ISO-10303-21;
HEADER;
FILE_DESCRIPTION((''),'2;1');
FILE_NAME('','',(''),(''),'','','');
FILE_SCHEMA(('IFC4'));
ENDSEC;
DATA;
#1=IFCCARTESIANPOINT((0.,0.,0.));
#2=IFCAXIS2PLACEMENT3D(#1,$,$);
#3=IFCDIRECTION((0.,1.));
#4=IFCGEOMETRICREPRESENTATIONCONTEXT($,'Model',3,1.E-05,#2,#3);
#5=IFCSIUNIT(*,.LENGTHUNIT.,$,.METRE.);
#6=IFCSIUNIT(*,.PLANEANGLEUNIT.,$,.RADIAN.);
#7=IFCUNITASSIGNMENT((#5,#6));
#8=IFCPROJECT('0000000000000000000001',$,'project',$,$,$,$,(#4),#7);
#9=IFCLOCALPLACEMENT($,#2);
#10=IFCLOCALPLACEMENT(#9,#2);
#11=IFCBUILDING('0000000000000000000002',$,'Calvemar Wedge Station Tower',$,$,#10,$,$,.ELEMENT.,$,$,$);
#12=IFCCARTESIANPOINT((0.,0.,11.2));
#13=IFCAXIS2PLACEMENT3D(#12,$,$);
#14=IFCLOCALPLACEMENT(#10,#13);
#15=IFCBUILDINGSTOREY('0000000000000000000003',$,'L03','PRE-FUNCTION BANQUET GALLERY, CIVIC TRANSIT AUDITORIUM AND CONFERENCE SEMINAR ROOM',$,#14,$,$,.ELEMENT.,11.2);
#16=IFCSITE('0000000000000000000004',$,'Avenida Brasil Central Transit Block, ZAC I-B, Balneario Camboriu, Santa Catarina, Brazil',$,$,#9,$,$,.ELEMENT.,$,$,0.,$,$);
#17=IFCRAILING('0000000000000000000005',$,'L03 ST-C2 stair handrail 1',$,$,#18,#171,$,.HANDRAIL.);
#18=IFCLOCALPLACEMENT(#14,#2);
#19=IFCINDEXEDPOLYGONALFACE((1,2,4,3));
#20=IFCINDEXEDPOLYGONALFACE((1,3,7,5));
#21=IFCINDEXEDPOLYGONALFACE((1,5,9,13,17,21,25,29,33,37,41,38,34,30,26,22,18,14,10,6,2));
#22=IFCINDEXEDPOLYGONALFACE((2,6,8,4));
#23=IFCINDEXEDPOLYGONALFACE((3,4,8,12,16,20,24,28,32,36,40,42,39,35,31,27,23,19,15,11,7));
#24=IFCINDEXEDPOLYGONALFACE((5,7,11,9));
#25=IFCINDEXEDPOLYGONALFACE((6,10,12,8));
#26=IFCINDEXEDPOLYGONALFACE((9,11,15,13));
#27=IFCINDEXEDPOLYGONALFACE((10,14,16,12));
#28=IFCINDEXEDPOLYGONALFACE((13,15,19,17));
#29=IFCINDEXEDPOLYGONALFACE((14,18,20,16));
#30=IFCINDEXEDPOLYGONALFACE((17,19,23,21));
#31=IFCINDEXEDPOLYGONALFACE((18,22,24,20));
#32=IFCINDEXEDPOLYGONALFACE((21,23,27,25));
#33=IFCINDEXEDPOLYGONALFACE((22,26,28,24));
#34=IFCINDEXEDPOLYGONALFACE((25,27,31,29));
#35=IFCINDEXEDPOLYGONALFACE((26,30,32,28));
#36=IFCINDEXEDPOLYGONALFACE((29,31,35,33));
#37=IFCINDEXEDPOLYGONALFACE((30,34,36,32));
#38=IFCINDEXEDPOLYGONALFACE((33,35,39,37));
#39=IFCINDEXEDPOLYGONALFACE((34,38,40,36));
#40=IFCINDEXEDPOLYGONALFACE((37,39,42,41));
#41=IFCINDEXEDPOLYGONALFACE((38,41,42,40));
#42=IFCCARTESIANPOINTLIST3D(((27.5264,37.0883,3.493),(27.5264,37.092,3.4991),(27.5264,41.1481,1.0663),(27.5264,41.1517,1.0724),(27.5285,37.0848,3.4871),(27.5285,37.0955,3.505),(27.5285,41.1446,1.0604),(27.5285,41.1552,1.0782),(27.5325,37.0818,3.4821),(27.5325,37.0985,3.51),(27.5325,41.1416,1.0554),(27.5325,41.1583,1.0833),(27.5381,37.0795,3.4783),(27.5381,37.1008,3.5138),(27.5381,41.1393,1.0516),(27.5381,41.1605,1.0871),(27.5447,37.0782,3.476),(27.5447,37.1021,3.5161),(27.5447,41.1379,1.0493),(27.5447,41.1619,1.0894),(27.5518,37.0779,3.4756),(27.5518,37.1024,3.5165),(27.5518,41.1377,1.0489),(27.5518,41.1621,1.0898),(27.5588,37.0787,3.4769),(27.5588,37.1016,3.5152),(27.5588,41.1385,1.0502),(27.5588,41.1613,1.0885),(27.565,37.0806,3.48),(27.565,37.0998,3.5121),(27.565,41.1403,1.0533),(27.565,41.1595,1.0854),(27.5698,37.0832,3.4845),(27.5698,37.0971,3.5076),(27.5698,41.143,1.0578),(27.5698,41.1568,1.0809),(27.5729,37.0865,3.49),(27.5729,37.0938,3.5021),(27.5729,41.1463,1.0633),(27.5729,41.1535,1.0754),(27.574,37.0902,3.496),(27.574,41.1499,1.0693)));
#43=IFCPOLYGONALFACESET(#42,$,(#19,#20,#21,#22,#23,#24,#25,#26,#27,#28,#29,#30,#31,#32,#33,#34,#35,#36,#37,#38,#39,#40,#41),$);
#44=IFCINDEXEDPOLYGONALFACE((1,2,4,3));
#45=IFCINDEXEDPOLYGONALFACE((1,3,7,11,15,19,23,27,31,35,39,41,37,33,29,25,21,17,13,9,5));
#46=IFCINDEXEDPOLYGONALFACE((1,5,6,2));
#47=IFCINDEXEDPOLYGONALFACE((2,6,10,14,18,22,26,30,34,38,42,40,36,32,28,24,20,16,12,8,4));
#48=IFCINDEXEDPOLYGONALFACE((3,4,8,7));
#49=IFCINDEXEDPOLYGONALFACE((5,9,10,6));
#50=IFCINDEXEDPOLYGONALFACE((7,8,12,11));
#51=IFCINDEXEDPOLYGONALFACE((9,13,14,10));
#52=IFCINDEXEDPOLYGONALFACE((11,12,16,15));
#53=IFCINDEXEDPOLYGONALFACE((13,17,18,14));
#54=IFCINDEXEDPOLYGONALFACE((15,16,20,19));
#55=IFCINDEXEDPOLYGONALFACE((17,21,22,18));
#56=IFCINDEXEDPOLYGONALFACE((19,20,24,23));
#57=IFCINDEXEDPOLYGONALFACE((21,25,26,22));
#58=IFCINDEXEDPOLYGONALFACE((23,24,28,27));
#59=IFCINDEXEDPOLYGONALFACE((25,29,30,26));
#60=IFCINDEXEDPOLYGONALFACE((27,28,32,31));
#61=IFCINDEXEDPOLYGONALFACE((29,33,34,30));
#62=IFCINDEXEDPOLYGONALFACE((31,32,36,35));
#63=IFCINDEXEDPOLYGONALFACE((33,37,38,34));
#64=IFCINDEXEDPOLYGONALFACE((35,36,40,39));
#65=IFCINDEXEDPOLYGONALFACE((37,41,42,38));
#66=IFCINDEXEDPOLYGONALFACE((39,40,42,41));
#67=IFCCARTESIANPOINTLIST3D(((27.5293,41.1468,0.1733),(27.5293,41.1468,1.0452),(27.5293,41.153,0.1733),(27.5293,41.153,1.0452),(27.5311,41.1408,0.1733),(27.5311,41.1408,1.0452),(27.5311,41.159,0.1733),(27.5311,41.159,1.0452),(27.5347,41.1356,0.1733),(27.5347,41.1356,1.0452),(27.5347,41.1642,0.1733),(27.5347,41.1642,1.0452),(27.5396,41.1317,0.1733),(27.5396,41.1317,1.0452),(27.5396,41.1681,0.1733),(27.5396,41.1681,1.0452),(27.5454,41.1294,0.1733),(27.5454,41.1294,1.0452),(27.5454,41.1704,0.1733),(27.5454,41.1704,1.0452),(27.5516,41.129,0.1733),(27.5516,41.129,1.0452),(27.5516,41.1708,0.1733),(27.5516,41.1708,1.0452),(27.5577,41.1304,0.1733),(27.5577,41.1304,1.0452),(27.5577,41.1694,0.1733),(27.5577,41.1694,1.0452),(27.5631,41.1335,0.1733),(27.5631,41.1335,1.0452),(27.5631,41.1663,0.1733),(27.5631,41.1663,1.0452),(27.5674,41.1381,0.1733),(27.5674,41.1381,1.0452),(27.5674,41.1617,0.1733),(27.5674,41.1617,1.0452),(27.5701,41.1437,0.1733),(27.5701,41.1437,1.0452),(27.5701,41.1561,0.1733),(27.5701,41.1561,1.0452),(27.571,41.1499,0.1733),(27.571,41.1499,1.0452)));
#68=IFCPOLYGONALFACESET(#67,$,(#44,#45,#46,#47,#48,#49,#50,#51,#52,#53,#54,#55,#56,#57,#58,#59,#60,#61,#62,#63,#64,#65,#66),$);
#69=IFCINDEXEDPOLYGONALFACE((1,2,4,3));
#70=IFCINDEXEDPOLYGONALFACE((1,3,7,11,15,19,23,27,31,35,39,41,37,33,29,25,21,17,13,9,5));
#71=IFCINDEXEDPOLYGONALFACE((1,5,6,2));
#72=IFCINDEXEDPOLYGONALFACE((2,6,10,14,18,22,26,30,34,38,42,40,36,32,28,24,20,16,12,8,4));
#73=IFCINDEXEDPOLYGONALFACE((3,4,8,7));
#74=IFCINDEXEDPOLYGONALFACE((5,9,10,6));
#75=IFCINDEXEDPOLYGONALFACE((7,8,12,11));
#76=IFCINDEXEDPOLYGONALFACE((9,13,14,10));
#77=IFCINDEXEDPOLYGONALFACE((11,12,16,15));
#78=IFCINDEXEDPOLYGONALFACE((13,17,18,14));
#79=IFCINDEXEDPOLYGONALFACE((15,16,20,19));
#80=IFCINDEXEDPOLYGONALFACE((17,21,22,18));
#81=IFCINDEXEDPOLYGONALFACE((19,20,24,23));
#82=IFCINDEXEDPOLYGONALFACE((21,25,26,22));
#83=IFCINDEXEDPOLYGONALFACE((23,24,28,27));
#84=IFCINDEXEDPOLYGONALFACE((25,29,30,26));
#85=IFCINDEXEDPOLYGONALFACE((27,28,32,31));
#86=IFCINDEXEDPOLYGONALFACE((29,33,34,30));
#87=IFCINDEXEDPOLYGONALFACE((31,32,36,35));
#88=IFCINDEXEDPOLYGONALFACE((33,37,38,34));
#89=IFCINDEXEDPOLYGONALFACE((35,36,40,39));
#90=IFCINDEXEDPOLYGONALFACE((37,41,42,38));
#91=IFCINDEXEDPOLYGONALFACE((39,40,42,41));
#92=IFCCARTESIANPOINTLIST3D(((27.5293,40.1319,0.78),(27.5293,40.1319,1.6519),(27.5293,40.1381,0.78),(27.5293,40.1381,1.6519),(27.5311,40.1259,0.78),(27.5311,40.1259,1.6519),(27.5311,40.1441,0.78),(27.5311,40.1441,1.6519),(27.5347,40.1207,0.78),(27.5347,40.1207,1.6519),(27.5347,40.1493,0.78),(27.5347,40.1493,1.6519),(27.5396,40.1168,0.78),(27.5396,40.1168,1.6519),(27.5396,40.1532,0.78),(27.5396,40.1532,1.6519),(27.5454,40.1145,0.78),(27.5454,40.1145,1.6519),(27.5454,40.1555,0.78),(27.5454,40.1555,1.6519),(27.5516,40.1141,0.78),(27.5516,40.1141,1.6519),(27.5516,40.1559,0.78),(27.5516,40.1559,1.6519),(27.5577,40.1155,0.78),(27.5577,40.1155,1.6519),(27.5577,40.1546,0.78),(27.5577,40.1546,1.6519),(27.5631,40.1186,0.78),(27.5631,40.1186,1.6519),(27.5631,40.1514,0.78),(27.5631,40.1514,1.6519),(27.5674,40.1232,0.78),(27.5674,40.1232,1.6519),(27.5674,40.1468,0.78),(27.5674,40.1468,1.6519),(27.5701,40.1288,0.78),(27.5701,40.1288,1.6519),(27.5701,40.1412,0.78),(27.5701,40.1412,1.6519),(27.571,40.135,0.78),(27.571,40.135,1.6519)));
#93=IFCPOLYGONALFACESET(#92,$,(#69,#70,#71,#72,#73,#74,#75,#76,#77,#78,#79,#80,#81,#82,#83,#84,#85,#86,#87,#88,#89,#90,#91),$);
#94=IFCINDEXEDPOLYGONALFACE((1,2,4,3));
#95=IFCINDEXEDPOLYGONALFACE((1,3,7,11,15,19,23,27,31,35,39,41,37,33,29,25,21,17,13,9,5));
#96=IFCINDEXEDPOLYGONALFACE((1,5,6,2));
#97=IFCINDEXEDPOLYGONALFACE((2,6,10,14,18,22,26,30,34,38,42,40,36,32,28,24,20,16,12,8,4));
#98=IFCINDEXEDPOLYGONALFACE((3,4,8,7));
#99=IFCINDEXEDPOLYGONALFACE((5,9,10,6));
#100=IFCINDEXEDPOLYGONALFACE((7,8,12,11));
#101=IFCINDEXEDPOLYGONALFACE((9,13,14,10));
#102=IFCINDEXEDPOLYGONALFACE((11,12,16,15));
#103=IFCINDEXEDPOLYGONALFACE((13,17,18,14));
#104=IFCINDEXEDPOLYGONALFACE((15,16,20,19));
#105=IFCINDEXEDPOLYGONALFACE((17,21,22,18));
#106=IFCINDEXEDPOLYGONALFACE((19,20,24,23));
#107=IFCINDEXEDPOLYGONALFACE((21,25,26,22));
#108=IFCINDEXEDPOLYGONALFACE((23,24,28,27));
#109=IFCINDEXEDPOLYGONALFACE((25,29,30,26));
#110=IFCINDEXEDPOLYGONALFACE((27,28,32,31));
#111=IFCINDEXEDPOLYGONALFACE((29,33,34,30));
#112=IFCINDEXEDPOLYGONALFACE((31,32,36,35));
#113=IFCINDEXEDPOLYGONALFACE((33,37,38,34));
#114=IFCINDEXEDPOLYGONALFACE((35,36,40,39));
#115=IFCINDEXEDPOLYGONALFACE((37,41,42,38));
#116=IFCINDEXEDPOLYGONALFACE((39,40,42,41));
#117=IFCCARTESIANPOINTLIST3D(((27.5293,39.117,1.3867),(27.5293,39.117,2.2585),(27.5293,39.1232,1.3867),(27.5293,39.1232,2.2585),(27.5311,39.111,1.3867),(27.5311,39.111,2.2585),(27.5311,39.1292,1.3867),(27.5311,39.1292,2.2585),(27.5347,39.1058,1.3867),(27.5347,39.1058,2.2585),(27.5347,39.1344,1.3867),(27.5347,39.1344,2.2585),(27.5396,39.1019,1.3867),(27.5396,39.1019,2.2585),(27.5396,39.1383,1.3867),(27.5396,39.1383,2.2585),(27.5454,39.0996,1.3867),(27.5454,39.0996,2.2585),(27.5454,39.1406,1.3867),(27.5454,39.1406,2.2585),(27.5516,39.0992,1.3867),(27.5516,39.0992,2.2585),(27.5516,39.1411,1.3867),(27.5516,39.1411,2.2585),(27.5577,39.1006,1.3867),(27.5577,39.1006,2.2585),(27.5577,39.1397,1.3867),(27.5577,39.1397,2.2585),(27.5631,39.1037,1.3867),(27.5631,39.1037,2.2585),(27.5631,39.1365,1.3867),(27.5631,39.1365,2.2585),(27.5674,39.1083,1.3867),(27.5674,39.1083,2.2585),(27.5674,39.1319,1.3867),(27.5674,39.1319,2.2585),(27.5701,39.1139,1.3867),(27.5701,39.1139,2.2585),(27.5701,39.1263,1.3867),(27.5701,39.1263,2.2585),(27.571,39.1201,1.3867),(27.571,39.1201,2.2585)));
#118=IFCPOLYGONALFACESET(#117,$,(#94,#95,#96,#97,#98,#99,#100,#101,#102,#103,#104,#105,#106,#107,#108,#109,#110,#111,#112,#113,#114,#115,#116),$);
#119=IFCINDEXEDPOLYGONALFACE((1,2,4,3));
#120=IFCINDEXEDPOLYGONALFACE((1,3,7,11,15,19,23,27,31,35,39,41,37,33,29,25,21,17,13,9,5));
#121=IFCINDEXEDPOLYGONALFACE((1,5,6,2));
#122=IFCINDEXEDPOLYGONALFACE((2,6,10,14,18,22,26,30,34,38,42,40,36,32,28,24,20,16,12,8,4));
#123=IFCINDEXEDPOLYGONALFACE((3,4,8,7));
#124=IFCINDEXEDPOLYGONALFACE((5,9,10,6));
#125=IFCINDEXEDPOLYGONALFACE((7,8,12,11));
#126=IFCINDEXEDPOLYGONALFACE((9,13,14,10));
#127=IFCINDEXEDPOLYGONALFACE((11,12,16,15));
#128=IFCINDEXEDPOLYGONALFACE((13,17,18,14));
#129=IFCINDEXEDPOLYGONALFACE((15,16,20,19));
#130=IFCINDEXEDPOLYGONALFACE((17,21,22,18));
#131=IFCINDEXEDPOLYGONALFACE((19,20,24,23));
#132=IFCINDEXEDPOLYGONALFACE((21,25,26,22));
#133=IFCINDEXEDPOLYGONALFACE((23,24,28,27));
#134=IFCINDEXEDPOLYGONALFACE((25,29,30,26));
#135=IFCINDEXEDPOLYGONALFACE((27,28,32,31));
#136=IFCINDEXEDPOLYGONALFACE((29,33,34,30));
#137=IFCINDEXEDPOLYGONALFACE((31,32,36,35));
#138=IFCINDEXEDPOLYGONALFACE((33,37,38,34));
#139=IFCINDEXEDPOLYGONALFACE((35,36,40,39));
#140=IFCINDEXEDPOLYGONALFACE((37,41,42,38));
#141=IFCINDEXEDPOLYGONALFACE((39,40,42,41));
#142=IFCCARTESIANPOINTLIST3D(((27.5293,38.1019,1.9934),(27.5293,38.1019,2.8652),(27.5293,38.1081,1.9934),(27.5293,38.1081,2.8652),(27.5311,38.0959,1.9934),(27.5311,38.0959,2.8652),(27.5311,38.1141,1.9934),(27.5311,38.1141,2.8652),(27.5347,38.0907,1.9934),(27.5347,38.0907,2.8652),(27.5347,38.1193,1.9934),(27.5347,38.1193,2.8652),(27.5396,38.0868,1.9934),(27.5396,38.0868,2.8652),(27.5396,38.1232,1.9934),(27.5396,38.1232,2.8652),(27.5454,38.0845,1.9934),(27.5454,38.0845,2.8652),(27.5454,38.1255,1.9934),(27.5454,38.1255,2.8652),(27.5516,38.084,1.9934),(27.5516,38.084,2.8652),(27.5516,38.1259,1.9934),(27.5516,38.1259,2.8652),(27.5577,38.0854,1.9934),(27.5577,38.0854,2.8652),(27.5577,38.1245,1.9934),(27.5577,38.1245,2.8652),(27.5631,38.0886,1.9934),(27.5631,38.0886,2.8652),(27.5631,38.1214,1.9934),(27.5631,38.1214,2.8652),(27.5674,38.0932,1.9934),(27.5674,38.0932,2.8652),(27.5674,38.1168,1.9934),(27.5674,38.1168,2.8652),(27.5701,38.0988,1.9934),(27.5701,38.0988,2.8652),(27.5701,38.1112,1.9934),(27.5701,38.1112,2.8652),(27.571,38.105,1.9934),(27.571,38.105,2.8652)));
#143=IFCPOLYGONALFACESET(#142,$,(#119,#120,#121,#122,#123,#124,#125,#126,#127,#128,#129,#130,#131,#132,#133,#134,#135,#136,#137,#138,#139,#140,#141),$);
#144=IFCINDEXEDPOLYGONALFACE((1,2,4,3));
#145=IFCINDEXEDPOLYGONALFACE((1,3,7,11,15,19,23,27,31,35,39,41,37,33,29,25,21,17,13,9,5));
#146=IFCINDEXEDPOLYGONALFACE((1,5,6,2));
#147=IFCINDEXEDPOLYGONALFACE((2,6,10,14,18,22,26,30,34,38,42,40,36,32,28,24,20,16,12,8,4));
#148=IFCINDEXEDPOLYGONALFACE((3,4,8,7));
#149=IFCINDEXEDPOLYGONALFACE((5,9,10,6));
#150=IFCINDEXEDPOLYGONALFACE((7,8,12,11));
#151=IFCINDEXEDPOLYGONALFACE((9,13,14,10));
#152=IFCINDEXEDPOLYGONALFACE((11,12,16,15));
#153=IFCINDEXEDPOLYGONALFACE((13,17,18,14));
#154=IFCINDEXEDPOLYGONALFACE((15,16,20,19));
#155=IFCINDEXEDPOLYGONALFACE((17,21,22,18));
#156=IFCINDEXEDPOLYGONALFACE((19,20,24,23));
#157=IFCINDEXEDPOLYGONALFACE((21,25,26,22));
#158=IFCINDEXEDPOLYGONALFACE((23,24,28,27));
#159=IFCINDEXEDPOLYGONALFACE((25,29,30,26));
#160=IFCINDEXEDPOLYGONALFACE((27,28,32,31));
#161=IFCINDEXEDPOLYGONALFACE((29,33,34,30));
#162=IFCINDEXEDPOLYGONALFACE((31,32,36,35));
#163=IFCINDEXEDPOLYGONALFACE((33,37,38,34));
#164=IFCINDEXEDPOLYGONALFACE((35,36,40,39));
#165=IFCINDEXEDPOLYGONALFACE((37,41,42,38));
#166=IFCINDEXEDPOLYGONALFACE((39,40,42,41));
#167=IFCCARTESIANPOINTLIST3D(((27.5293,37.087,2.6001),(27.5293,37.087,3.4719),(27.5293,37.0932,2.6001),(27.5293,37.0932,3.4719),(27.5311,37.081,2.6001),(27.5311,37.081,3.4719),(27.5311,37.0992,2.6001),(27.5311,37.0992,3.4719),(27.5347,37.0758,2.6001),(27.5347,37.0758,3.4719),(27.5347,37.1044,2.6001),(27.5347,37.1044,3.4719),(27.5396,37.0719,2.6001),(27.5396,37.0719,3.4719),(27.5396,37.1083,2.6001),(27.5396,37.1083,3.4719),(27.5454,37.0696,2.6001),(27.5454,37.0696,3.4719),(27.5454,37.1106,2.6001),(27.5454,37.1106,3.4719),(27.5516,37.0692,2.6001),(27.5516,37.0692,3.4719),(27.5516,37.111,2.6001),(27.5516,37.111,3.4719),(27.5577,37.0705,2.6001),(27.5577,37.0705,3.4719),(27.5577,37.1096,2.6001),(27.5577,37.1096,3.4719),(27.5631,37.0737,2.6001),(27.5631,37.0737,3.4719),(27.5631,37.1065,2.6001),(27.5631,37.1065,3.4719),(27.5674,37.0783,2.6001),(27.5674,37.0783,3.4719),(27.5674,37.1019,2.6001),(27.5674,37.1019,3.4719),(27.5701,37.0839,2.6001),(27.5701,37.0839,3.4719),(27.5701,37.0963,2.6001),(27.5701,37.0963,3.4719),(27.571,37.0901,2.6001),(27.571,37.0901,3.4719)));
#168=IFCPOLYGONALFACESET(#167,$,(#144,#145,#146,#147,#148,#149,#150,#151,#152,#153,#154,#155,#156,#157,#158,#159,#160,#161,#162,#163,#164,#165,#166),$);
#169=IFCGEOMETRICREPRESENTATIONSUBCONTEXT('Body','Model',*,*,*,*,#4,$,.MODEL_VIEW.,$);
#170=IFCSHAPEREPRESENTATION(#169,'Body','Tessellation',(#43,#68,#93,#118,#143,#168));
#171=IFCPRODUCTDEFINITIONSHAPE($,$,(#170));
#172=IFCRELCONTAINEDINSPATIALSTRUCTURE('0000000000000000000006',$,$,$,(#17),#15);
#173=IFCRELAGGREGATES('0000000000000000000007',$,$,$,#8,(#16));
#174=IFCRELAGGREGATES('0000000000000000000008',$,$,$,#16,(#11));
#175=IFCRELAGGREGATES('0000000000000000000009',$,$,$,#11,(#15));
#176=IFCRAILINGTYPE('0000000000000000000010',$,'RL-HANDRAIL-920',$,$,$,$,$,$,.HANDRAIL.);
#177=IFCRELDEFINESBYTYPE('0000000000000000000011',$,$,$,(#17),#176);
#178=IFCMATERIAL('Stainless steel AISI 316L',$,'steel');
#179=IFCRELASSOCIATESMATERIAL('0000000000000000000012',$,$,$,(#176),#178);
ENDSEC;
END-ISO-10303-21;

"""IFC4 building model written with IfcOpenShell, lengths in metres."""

from ifc_helpers import new_model, si_unit, direction, frame, origin, origin_2d, place, context, subcontext, project, spatial, circle, extrude, material, type_object, element, save


model = new_model("IFC4")

# Units and contexts
model_context = context("Model", 3, precision=1e-05, world=origin(), true_north=direction((0.0, 1.0)))
body_context = subcontext(model_context, "Body", "Model", "MODEL_VIEW")
ifc_project = project(units=[si_unit("LENGTHUNIT", "METRE"), si_unit("PLANEANGLEUNIT", "RADIAN")], contexts=[model_context])

# Site, building, storey
site_placement = place(None, origin())
site = spatial("IfcSite", under=ifc_project, at=site_placement, Name="Avenida Brasil Central Transit Block, ZAC I-B, Balneario Camboriu, Santa Catarina, Brazil", CompositionType="ELEMENT", RefElevation=0.0)
building_placement = place(site_placement, origin())
building = spatial("IfcBuilding", under=site, at=building_placement, Name="Calvemar Wedge Station Tower", CompositionType="ELEMENT")
storey_placement = place(building_placement, frame((0.0, 0.0, 11.2)))
storey = spatial("IfcBuildingStorey", under=building, at=storey_placement, Name="L03", Description="PRE-FUNCTION BANQUET GALLERY, CIVIC TRANSIT AUDITORIUM AND CONFERENCE SEMINAR ROOM", CompositionType="ELEMENT", Elevation=11.2)

# Railing
ifc_material_1 = material(Name="Stainless steel AISI 316L", Category="steel")
railing_type_1 = type_object("IfcRailingType", Name="RL-HANDRAIL-920", PredefinedType="HANDRAIL", material=ifc_material_1)
railing_1_placement = place(storey_placement, frame((27.55, 41.1499, 0.1733)))
element("IfcRailing", 1, at=railing_1_placement, inside=storey, type_object=railing_type_1, Name="L03 ST-C2 stair handrail 1", PredefinedType="HANDRAIL", context=body_context, shape_type="SweptSolid", body=[
    extrude(circle(Radius=0.0239, at=origin_2d()), frame((0.0, 0.0, 0.896), z_axis=(0.0, -0.858343, 0.513076), x_axis=(1.0, 0.0, 0.0)), (0.0, 0.0, 1.0), 4.7297),
    extrude(circle(Radius=0.021, at=origin_2d()), origin(), (0.0, 0.0, 1.0), 0.8718),
    extrude(circle(Radius=0.021, at=origin_2d()), frame((0.0, -1.0149, 0.6067)), (0.0, 0.0, 1.0), 0.8718),
    extrude(circle(Radius=0.021, at=origin_2d()), frame((0.0, -2.0298, 1.2134)), (0.0, 0.0, 1.0), 0.8718),
    extrude(circle(Radius=0.021, at=origin_2d()), frame((0.0, -3.0449, 1.8201)), (0.0, 0.0, 1.0), 0.8718),
    extrude(circle(Radius=0.021, at=origin_2d()), frame((0.0, -4.0598, 2.4268)), (0.0, 0.0, 1.0), 0.8718),
])

save(model, "model.ifc")
